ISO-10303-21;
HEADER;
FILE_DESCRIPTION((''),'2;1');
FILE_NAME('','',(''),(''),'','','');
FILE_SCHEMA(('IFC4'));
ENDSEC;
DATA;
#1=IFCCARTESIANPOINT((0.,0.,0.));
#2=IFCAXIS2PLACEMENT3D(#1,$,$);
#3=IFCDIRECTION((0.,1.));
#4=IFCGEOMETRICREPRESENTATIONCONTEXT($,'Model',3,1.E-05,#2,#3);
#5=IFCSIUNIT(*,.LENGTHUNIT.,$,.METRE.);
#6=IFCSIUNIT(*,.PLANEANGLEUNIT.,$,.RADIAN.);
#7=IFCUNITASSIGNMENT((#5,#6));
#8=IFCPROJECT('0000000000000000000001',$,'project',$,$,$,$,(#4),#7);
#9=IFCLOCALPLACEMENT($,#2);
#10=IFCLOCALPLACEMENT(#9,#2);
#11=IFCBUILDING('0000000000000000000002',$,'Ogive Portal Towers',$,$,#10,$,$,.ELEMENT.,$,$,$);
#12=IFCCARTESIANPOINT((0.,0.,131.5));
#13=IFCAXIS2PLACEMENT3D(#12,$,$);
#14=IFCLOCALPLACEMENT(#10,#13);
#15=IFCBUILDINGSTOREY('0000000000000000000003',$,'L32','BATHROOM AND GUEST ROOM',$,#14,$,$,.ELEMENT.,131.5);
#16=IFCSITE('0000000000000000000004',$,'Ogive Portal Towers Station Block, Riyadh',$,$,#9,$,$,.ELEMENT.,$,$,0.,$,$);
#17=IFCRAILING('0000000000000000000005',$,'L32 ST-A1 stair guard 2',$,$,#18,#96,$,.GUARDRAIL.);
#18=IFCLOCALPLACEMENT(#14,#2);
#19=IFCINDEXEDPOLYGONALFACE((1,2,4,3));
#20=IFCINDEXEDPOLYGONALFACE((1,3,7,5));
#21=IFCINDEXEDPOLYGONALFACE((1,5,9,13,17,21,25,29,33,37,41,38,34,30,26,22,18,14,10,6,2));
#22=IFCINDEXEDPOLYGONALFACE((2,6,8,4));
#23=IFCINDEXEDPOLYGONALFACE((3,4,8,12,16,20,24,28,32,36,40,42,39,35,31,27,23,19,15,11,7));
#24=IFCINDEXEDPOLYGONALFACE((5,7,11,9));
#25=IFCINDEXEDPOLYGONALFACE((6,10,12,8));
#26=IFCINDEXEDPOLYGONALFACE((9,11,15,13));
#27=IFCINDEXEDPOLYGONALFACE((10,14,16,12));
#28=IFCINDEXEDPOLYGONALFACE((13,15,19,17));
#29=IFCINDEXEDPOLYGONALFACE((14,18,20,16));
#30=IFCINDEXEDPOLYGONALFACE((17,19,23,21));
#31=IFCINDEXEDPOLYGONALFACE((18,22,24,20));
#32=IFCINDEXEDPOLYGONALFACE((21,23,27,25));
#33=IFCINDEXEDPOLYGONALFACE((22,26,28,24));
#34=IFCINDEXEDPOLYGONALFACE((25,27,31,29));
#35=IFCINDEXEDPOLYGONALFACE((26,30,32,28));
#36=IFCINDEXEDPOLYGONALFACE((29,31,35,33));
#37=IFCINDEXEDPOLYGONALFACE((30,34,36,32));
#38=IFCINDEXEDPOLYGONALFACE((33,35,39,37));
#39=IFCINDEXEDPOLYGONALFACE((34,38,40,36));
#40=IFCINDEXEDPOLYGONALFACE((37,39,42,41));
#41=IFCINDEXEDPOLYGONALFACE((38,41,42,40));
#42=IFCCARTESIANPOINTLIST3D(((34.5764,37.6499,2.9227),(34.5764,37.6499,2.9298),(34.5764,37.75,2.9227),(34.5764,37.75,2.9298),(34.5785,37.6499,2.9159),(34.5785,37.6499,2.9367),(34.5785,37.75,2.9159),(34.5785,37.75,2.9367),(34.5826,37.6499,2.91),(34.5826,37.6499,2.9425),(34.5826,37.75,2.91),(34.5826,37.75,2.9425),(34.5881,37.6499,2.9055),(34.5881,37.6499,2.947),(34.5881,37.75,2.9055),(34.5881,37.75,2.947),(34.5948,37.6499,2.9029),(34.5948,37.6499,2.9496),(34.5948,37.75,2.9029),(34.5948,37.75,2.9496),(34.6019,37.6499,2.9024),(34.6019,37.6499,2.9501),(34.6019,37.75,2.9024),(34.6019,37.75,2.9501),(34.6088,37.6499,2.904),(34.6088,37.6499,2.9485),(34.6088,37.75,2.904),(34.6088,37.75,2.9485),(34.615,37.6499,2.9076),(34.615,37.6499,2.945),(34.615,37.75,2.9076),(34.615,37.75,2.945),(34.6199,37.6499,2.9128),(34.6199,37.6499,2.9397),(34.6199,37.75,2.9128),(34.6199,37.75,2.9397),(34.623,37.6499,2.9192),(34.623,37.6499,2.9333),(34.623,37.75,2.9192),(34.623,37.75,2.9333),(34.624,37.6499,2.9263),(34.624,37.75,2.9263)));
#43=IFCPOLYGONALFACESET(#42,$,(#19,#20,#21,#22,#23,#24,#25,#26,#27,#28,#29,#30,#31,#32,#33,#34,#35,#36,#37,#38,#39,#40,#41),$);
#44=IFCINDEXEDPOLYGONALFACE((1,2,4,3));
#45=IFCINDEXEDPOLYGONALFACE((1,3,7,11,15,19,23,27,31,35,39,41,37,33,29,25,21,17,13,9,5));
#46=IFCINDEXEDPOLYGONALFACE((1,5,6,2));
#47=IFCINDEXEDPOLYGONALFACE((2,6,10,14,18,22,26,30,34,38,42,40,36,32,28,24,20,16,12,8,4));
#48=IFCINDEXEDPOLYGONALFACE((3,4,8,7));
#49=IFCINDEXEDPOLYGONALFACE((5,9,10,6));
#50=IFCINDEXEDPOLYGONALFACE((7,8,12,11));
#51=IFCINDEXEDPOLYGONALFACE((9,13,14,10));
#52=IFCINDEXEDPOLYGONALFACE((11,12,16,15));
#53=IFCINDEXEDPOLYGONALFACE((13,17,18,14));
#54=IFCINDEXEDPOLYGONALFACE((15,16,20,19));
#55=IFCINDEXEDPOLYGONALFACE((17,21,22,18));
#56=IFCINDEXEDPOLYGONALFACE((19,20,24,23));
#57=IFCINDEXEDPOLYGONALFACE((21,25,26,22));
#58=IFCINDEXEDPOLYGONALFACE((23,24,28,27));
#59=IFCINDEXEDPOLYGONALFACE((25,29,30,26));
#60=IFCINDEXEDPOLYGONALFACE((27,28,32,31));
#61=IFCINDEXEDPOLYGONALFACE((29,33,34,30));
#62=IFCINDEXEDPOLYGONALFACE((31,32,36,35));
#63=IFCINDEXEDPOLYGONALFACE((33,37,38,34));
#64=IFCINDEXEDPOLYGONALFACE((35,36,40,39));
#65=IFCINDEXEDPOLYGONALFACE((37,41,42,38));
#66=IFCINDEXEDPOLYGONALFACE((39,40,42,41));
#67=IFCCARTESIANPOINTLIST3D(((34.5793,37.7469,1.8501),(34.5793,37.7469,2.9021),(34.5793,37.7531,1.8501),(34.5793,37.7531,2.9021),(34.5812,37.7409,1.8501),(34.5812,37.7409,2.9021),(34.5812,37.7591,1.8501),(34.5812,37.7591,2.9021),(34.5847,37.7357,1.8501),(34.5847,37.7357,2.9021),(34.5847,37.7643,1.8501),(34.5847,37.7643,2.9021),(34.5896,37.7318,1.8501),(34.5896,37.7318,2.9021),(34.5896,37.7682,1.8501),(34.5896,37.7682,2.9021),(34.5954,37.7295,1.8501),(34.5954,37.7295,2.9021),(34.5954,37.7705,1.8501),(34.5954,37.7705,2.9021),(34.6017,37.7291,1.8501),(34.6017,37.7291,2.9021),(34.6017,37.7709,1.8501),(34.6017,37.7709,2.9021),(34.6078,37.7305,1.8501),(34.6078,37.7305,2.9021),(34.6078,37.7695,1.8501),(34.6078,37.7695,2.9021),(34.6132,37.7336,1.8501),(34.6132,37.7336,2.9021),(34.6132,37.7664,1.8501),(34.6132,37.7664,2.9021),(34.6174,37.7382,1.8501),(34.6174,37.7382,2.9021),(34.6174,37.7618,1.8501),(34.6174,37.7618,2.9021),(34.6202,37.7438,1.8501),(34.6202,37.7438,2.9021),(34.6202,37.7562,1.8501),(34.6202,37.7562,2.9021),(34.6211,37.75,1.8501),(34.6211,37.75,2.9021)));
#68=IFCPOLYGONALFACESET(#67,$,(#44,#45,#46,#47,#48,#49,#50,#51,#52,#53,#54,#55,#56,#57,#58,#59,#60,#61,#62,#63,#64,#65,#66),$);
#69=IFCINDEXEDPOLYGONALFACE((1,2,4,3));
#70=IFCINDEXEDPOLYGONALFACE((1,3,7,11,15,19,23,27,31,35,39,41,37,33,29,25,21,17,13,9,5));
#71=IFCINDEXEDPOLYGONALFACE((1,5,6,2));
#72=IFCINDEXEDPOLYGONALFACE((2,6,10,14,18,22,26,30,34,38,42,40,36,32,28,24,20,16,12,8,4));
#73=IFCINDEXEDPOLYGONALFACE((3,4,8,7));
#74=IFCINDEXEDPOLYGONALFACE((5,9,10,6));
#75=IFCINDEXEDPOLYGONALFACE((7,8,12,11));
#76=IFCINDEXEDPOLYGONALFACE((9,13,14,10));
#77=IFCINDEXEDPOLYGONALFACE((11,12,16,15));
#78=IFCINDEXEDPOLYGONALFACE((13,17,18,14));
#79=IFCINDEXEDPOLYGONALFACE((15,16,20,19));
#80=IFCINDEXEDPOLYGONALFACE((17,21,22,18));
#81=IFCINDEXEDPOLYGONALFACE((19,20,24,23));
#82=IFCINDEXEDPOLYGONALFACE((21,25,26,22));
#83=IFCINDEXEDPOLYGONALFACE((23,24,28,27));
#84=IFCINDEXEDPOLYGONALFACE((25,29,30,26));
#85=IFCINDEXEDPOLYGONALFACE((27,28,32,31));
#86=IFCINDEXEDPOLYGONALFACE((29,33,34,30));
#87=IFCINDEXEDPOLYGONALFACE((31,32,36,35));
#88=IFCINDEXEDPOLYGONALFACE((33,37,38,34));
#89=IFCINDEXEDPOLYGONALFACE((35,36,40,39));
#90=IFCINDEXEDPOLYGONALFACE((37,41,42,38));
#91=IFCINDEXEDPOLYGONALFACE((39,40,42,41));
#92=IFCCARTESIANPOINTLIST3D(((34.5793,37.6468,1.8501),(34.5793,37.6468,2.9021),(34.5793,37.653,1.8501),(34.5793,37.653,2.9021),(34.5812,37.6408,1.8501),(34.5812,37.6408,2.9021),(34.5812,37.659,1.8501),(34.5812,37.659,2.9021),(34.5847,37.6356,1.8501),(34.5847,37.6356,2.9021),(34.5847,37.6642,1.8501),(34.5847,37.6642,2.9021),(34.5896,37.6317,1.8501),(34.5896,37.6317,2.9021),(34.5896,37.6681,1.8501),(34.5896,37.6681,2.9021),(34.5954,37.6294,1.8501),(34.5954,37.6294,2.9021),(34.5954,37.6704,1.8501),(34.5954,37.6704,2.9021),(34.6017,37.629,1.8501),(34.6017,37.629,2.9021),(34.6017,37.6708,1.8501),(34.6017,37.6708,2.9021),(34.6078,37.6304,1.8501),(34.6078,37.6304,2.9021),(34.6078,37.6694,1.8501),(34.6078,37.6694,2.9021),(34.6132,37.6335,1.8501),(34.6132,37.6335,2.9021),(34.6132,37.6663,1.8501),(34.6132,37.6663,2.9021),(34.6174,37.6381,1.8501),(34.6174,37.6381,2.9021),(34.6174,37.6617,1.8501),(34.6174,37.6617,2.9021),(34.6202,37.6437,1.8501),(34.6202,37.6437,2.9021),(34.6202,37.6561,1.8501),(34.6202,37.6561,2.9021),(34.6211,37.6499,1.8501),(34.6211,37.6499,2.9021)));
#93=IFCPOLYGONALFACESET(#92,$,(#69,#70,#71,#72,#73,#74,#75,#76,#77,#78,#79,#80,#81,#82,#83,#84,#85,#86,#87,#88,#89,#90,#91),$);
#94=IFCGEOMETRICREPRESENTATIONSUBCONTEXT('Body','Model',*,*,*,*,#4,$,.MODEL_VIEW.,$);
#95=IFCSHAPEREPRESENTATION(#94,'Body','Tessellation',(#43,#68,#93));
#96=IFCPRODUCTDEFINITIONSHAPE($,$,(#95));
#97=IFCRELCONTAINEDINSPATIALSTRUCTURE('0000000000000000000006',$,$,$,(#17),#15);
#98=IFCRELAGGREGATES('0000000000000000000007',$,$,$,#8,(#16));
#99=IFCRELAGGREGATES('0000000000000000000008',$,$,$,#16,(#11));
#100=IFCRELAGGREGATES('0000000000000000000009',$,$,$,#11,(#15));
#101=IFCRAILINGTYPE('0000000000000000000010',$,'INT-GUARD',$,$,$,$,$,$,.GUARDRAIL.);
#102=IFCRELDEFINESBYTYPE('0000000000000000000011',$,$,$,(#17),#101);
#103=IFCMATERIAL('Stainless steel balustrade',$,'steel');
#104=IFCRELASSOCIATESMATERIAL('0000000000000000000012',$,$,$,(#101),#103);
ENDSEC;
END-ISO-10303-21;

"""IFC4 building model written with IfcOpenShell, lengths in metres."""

from ifc_helpers import new_model, si_unit, direction, frame, origin, origin_2d, place, context, subcontext, project, spatial, circle, extrude, material, type_object, element, save


model = new_model("IFC4")

# Units and contexts
model_context = context("Model", 3, precision=1e-05, world=origin(), true_north=direction((0.0, 1.0)))
body_context = subcontext(model_context, "Body", "Model", "MODEL_VIEW")
ifc_project = project(units=[si_unit("LENGTHUNIT", "METRE"), si_unit("PLANEANGLEUNIT", "RADIAN")], contexts=[model_context])

# Site, building, storey
site_placement = place(None, origin())
site = spatial("IfcSite", under=ifc_project, at=site_placement, Name="Ogive Portal Towers Station Block, Riyadh", CompositionType="ELEMENT", RefElevation=0.0)
building_placement = place(site_placement, origin())
building = spatial("IfcBuilding", under=site, at=building_placement, Name="Ogive Portal Towers", CompositionType="ELEMENT")
storey_placement = place(building_placement, frame((0.0, 0.0, 131.5)))
storey = spatial("IfcBuildingStorey", under=building, at=storey_placement, Name="L32", Description="BATHROOM AND GUEST ROOM", CompositionType="ELEMENT", Elevation=131.5)

# Railing
ifc_material_1 = material(Name="Stainless steel balustrade", Category="steel")
railing_type_1 = type_object("IfcRailingType", Name="INT-GUARD", PredefinedType="GUARDRAIL", material=ifc_material_1)
railing_1_placement = place(storey_placement, frame((34.6001, 37.75, 1.8501)))
element("IfcRailing", 1, at=railing_1_placement, inside=storey, type_object=railing_type_1, Name="L32 ST-A1 stair guard 2", PredefinedType="GUARDRAIL", context=body_context, shape_type="SweptSolid", body=[
    extrude(circle(Radius=0.0239, at=origin_2d()), frame((0.0, 0.0, 1.0762), z_axis=(0.0, -1.0, 0.0), x_axis=(1.0, 0.0, 0.0)), (0.0, 0.0, 1.0), 0.1001),
    extrude(circle(Radius=0.021, at=origin_2d()), origin(), (0.0, 0.0, 1.0), 1.052),
    extrude(circle(Radius=0.021, at=origin_2d()), frame((0.0, -0.1001, 0.0)), (0.0, 0.0, 1.0), 1.052),
])

save(model, "model.ifc")
